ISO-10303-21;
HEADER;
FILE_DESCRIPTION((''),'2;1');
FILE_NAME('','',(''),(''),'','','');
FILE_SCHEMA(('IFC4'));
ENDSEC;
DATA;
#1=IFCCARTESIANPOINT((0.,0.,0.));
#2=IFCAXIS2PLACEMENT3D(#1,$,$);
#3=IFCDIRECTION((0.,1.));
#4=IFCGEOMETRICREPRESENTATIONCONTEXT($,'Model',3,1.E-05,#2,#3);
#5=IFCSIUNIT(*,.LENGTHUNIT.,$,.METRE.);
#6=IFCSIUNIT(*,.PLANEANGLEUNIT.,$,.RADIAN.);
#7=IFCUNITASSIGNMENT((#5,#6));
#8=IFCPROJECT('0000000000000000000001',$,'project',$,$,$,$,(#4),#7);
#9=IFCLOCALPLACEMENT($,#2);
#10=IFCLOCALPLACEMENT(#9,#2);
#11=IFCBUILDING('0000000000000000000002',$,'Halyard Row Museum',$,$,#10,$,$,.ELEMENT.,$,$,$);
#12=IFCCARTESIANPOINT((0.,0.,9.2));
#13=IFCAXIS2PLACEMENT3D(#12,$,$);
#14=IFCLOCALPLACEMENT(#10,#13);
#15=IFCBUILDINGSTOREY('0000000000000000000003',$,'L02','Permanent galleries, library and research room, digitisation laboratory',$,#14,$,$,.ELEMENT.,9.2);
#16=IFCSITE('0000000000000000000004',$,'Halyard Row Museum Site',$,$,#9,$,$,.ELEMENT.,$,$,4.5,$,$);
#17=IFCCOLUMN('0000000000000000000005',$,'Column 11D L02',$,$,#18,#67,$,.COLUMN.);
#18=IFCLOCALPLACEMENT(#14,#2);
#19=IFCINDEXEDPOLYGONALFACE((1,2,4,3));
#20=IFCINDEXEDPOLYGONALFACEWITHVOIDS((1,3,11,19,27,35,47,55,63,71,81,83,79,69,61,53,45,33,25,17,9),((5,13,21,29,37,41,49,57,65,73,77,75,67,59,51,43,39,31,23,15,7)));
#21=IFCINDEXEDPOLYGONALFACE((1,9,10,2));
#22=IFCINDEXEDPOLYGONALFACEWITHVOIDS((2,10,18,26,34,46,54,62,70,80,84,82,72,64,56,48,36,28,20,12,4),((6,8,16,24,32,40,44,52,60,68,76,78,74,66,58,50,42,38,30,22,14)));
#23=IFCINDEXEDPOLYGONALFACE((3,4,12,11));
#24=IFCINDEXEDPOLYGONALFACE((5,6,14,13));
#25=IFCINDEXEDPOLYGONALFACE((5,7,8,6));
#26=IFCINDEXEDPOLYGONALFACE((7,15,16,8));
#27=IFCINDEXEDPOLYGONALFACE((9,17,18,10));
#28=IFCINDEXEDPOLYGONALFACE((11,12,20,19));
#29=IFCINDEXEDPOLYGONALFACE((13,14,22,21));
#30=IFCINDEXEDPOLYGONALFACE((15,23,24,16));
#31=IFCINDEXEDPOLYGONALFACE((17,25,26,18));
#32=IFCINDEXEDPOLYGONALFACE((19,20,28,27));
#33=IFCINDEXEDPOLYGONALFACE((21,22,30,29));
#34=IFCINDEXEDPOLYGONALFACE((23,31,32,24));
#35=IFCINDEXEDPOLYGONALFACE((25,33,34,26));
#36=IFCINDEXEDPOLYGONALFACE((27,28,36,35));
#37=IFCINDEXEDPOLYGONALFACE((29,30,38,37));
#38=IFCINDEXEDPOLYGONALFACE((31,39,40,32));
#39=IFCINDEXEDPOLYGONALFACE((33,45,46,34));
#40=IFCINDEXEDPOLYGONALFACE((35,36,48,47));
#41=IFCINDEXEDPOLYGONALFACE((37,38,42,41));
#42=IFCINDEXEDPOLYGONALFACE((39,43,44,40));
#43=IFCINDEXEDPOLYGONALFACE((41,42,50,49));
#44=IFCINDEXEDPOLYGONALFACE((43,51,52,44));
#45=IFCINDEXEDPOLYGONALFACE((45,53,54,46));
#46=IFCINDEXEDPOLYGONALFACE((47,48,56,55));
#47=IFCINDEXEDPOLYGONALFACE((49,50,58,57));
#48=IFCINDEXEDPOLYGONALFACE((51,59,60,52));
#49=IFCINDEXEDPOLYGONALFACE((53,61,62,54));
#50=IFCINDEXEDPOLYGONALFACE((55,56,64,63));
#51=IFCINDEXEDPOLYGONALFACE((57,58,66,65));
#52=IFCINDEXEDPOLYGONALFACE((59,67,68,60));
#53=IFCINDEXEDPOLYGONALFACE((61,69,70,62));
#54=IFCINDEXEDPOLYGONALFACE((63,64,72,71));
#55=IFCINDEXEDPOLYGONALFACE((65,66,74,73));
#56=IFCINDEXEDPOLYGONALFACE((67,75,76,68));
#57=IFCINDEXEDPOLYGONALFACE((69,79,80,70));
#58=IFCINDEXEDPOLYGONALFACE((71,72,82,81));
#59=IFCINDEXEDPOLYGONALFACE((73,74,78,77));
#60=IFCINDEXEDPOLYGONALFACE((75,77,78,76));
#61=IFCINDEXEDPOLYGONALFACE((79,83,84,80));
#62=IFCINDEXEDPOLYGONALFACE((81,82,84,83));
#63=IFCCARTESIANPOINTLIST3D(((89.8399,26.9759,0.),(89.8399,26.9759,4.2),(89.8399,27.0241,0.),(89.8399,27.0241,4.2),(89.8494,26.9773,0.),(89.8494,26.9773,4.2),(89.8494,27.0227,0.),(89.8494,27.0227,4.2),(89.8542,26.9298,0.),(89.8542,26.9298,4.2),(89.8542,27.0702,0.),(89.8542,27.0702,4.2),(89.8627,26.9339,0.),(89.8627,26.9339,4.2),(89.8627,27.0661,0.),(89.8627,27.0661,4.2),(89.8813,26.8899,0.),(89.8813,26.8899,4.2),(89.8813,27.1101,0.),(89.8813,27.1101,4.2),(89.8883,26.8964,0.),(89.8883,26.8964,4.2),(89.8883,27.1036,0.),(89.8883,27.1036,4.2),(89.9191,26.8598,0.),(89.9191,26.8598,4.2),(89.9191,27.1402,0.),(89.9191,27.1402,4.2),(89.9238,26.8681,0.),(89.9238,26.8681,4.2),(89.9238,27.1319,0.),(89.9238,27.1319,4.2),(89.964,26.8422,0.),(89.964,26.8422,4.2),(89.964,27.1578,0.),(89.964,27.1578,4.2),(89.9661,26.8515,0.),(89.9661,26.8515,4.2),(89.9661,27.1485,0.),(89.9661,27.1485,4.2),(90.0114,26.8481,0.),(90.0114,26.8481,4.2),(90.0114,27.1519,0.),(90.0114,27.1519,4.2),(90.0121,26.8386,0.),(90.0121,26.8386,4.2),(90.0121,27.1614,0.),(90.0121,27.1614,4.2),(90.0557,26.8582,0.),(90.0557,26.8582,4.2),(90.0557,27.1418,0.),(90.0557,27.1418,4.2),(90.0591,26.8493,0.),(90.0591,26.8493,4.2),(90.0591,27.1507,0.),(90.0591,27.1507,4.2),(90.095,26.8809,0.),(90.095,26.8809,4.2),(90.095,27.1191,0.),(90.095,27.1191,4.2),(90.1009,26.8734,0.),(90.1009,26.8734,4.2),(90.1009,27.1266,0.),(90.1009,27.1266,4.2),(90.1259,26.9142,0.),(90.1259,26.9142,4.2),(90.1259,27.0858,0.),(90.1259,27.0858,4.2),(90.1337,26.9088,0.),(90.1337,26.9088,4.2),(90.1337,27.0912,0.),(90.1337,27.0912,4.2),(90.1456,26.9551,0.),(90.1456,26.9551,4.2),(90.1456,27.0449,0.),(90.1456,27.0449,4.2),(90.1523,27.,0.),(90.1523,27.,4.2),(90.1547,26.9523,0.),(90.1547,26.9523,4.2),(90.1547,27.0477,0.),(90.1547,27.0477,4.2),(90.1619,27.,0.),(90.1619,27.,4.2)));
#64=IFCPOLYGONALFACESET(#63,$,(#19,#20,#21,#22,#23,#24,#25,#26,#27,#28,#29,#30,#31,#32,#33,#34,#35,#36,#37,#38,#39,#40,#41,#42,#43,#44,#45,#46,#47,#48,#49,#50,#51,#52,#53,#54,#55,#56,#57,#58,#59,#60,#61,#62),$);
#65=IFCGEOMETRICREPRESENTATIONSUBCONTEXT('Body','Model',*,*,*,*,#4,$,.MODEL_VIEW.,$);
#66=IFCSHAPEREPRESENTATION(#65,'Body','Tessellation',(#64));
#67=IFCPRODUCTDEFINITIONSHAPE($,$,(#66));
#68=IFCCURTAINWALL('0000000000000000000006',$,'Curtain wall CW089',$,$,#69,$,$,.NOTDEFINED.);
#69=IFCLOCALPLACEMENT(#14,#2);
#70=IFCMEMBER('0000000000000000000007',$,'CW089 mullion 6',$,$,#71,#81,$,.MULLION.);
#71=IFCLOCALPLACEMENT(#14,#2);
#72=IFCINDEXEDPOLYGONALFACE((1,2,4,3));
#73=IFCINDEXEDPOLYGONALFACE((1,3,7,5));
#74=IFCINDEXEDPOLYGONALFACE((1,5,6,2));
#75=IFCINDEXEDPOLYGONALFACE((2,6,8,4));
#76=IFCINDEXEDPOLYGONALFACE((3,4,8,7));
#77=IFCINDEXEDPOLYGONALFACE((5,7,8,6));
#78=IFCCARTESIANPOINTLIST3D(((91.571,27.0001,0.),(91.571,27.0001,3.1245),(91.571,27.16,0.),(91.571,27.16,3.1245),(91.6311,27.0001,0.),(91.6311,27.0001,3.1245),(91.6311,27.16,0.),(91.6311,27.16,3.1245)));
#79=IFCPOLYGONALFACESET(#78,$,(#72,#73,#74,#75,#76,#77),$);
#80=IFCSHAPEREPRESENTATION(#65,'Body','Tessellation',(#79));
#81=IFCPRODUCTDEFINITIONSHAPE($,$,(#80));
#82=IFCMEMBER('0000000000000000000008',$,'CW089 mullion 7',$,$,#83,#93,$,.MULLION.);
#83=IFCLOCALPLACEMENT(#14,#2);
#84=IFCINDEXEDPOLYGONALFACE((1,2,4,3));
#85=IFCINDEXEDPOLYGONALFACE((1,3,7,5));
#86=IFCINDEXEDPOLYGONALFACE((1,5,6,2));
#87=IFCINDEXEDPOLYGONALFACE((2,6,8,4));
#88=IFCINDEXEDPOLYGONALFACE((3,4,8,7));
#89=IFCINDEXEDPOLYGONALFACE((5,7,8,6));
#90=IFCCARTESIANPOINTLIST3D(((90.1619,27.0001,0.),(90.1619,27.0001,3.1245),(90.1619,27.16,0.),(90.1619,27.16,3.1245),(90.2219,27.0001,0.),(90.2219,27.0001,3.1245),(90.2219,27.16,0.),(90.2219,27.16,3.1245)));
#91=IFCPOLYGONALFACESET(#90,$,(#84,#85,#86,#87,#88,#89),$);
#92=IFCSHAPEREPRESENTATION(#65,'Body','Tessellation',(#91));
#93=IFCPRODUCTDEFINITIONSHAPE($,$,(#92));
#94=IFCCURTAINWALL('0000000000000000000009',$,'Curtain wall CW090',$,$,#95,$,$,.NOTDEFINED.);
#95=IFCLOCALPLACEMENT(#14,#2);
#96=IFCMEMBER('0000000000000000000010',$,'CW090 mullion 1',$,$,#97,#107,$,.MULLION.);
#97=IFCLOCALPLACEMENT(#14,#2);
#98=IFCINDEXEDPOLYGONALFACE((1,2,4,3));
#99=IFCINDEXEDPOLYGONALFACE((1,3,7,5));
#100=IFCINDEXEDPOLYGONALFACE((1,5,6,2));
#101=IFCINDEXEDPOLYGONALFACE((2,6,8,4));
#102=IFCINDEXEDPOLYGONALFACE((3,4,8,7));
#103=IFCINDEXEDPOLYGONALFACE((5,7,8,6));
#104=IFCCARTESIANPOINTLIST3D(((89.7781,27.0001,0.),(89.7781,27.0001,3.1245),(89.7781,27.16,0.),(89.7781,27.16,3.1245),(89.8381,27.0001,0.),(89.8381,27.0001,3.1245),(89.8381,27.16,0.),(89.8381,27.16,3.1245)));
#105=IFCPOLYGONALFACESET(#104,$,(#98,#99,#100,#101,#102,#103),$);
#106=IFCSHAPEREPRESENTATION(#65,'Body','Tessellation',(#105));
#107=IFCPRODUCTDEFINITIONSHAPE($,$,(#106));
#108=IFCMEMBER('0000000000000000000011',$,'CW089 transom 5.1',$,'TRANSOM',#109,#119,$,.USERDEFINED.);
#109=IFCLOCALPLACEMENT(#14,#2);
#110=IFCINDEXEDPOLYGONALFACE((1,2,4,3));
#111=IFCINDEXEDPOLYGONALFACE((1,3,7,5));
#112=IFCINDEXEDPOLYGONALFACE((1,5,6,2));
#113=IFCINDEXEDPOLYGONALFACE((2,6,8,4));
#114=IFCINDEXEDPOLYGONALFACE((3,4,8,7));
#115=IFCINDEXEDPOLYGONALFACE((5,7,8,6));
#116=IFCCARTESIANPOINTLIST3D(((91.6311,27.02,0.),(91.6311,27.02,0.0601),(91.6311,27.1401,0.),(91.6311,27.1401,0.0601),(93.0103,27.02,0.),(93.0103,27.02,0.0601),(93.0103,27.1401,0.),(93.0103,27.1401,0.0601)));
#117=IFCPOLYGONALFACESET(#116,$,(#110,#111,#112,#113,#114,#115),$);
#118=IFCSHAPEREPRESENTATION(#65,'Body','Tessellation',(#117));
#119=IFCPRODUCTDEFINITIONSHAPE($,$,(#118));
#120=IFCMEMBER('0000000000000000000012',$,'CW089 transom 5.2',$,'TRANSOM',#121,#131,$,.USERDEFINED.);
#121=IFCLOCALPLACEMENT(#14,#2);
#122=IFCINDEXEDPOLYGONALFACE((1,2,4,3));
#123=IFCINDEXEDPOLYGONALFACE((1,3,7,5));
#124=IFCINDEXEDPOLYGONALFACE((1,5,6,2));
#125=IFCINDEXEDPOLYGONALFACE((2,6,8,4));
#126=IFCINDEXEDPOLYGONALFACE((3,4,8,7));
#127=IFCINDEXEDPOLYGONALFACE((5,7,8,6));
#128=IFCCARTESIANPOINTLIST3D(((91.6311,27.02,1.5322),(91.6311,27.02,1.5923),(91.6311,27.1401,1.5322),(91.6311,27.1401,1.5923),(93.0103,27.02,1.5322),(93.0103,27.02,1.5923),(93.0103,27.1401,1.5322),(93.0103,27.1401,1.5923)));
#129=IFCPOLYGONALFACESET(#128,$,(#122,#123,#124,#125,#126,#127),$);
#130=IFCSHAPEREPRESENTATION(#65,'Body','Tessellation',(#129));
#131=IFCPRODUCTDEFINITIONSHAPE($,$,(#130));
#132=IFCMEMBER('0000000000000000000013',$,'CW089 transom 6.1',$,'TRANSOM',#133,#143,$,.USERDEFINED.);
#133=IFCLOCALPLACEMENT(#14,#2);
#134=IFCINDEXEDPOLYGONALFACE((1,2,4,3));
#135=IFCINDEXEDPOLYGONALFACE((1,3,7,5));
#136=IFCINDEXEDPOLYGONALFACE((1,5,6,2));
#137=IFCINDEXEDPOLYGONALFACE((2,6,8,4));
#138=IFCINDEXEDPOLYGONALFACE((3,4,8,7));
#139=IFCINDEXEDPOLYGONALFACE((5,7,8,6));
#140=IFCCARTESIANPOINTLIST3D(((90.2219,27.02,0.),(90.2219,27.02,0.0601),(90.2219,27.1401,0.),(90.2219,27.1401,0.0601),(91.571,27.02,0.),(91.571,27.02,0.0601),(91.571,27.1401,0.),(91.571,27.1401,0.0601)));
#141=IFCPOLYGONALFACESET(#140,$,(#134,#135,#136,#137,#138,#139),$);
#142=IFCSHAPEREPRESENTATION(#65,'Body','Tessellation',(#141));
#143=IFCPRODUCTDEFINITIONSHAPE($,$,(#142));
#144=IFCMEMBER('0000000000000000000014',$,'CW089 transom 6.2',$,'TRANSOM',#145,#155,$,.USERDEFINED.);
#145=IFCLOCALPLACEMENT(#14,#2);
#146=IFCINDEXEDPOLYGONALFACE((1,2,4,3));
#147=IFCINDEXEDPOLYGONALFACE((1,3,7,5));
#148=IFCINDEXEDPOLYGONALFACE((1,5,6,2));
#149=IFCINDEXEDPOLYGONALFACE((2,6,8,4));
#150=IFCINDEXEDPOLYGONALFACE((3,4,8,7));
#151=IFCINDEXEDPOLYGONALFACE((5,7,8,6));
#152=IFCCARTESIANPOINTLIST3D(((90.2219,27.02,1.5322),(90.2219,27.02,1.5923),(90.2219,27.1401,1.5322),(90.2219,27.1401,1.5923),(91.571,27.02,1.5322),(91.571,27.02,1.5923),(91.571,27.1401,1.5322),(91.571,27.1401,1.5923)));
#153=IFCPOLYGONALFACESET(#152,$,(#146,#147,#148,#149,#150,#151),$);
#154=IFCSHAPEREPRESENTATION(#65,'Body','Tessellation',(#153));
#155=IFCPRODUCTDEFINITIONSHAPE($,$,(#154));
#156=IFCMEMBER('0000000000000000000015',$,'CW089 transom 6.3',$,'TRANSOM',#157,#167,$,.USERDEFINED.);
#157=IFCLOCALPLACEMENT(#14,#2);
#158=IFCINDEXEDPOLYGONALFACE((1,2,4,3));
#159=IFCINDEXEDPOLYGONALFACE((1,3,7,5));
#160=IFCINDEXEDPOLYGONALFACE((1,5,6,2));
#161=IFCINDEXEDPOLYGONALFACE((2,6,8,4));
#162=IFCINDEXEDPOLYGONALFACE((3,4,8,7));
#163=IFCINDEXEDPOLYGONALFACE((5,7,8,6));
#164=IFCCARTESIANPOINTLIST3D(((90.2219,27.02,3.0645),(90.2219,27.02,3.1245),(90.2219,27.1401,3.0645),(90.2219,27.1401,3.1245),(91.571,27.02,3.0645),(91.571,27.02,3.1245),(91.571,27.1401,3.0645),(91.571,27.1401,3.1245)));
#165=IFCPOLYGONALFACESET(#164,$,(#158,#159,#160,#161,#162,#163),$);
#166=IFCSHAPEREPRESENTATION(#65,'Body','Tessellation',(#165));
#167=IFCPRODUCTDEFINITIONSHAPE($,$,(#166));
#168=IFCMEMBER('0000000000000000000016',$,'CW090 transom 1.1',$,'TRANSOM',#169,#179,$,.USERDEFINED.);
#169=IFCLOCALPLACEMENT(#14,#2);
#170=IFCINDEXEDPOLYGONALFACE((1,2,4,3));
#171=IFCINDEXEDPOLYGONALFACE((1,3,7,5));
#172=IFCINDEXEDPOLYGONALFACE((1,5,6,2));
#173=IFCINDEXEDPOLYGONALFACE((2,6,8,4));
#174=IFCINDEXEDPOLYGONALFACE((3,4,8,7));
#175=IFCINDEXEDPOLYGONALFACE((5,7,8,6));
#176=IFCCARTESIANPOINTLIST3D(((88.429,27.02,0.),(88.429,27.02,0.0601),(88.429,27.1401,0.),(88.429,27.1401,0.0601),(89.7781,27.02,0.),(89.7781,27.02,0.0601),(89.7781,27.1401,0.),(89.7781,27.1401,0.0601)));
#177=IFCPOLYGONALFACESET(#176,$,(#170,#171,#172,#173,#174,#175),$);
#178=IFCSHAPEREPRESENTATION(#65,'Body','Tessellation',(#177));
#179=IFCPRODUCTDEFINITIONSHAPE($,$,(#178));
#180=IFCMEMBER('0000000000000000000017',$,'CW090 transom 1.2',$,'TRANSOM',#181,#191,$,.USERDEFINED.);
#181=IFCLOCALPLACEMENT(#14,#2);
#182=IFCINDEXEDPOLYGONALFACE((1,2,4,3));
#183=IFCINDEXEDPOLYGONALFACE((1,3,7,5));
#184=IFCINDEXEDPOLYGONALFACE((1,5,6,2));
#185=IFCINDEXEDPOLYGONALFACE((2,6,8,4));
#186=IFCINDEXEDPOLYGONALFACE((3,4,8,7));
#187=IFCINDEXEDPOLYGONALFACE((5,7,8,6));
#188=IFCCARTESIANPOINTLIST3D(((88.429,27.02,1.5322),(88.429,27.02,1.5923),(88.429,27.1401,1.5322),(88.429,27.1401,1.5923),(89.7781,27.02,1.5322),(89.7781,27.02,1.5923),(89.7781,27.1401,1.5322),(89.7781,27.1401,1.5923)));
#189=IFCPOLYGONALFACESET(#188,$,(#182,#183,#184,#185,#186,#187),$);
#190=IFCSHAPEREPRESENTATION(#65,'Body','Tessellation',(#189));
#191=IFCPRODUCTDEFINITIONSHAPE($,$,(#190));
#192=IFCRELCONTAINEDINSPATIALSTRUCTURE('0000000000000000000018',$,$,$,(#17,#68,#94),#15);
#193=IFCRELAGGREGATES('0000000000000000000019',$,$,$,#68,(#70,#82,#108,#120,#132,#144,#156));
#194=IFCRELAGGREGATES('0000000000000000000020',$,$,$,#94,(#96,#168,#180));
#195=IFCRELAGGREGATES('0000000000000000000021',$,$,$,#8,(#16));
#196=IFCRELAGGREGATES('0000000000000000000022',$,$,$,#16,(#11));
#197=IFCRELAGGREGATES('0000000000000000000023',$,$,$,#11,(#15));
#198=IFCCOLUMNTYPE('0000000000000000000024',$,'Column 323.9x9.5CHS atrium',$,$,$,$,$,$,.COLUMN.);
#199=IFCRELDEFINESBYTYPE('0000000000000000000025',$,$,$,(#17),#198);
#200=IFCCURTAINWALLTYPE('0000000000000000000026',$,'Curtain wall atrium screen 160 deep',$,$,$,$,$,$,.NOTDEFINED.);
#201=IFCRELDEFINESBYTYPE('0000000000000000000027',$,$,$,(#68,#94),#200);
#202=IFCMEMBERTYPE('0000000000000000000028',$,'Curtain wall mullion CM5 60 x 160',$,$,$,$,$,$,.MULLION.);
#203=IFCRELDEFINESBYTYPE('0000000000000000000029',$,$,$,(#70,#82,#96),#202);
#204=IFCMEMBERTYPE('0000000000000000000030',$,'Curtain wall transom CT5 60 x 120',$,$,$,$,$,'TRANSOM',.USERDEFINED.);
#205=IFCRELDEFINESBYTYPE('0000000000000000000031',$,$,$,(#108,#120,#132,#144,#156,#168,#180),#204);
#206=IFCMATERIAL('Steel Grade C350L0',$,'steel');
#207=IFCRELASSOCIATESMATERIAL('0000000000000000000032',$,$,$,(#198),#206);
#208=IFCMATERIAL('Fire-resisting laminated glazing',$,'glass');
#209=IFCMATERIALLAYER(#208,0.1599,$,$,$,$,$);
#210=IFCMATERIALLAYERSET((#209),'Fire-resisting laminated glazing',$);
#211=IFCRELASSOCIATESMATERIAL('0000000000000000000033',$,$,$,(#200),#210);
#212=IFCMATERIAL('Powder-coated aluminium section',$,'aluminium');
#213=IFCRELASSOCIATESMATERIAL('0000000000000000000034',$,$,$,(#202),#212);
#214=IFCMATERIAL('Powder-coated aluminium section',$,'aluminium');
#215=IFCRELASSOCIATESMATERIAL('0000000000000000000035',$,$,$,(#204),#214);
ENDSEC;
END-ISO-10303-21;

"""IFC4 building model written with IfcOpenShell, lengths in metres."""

from ifc_helpers import new_model, si_unit, direction, frame, origin, origin_2d, place, context, subcontext, project, spatial, rectangle, hollow_circle, extrude, material, layer, layer_set, material_profile, profile_set, type_object, element, aggregate, save


model = new_model("IFC4")

# Units and contexts
model_context = context("Model", 3, precision=1e-05, world=origin(), true_north=direction((0.0, 1.0)))
body_context = subcontext(model_context, "Body", "Model", "MODEL_VIEW")
ifc_project = project(units=[si_unit("LENGTHUNIT", "METRE"), si_unit("PLANEANGLEUNIT", "RADIAN")], contexts=[model_context])

# Site, building, storey
site_placement = place(None, origin())
site = spatial("IfcSite", under=ifc_project, at=site_placement, Name="Halyard Row Museum Site", CompositionType="ELEMENT", RefElevation=4.5)
building_placement = place(site_placement, origin())
building = spatial("IfcBuilding", under=site, at=building_placement, Name="Halyard Row Museum", CompositionType="ELEMENT")
storey_placement = place(building_placement, frame((0.0, 0.0, 9.2)))
storey = spatial("IfcBuildingStorey", under=building, at=storey_placement, Name="L02", Description="Permanent galleries, library and research room, digitisation laboratory", CompositionType="ELEMENT", Elevation=9.2)

# Column
ifc_material_1 = material(Name="Steel Grade C350L0", Category="steel")
ifc_material_profile_1 = material_profile(ifc_material_1, hollow_circle(Radius=0.1619, WallThickness=0.0095, at=origin_2d()), Name="323.9x9.5CHS")
ifc_profile_set_1 = profile_set([ifc_material_profile_1], Name="Steel Grade C350L0")
column_type = type_object("IfcColumnType", Name="Column 323.9x9.5CHS atrium", PredefinedType="COLUMN", material=ifc_profile_set_1)
column_placement = place(storey_placement, frame((90.0, 27.0, 0.0), z_axis=(0.0, 0.0, 1.0), x_axis=(1.0, 0.0, 0.0)))
element("IfcColumn", 1, at=column_placement, inside=storey, type_object=column_type, Name="Column 11D L02", PredefinedType="COLUMN", context=body_context, shape_type="SweptSolid", body=[
    extrude(hollow_circle(Radius=0.1619, WallThickness=0.0095, at=origin_2d()), origin(), (0.0, 0.0, 1.0), 4.2),
])

# Curtain wall, members
ifc_material_2 = material(Name="Fire-resisting laminated glazing", Category="glass")
ifc_layer_1 = layer(ifc_material_2, 0.1599)
ifc_layer_set_1 = layer_set([ifc_layer_1], Name="Fire-resisting laminated glazing")
curtain_wall_type = type_object("IfcCurtainWallType", Name="Curtain wall atrium screen 160 deep", PredefinedType="NOTDEFINED", material=ifc_layer_set_1)
curtain_wall_1_placement = place(storey_placement, origin())
curtain_wall_1 = element("IfcCurtainWall", 2, at=curtain_wall_1_placement, inside=storey, type_object=curtain_wall_type, Name="Curtain wall CW089", PredefinedType="NOTDEFINED")
ifc_material_3 = material(Name="Powder-coated aluminium section", Category="aluminium")
ifc_material_profile_2 = material_profile(ifc_material_3, rectangle(XDim=0.1599, YDim=0.0601, at=origin_2d()), Name="160x60 mullion")
ifc_profile_set_2 = profile_set([ifc_material_profile_2], Name="Powder-coated aluminium section")
member_type_1 = type_object("IfcMemberType", Name="Curtain wall mullion CM5 60 x 160", PredefinedType="MULLION", material=ifc_profile_set_2)
member_1_placement = place(storey_placement, frame((91.6011, 27.0801, 0.0), z_axis=(0.0, 0.0, 1.0), x_axis=(0.0, -1.0, 0.0)))
member_1 = element("IfcMember", 3, at=member_1_placement, type_object=member_type_1, Name="CW089 mullion 6", PredefinedType="MULLION", context=body_context, shape_type="SweptSolid", body=[
    extrude(rectangle(XDim=0.1599, YDim=0.0601, at=origin_2d()), origin(), (0.0, 0.0, 1.0), 3.1245),
])
member_2_placement = place(storey_placement, frame((90.1919, 27.0801, 0.0), z_axis=(0.0, 0.0, 1.0), x_axis=(0.0, -1.0, 0.0)))
member_2 = element("IfcMember", 4, at=member_2_placement, type_object=member_type_1, Name="CW089 mullion 7", PredefinedType="MULLION", context=body_context, shape_type="SweptSolid", body=[
    extrude(rectangle(XDim=0.1599, YDim=0.0601, at=origin_2d()), origin(), (0.0, 0.0, 1.0), 3.1245),
])

# Curtain wall, member
curtain_wall_2_placement = place(storey_placement, origin())
curtain_wall_2 = element("IfcCurtainWall", 5, at=curtain_wall_2_placement, inside=storey, type_object=curtain_wall_type, Name="Curtain wall CW090", PredefinedType="NOTDEFINED")
member_3_placement = place(storey_placement, frame((89.8081, 27.0801, 0.0), z_axis=(0.0, 0.0, 1.0), x_axis=(0.0, -1.0, 0.0)))
member_3 = element("IfcMember", 6, at=member_3_placement, type_object=member_type_1, Name="CW090 mullion 1", PredefinedType="MULLION", context=body_context, shape_type="SweptSolid", body=[
    extrude(rectangle(XDim=0.1599, YDim=0.0601, at=origin_2d()), origin(), (0.0, 0.0, 1.0), 3.1245),
])

# Members
ifc_material_4 = material(Name="Powder-coated aluminium section", Category="aluminium")
ifc_material_profile_3 = material_profile(ifc_material_4, rectangle(XDim=0.1201, YDim=0.0601, at=origin_2d()), Name="120x60 transom")
ifc_profile_set_3 = profile_set([ifc_material_profile_3], Name="Powder-coated aluminium section")
member_type_2 = type_object("IfcMemberType", Name="Curtain wall transom CT5 60 x 120", ElementType="TRANSOM", PredefinedType="USERDEFINED", material=ifc_profile_set_3)
member_4_placement = place(storey_placement, frame((93.0103, 27.0801, 0.03), z_axis=(-1.0, 0.0, 0.0), x_axis=(0.0, -1.0, 0.0)))
member_4 = element("IfcMember", 7, at=member_4_placement, type_object=member_type_2, Name="CW089 transom 5.1", ObjectType="TRANSOM", PredefinedType="USERDEFINED", context=body_context, shape_type="SweptSolid", body=[
    extrude(rectangle(XDim=0.1201, YDim=0.0601, at=origin_2d()), origin(), (0.0, 0.0, 1.0), 1.3792),
])
member_5_placement = place(storey_placement, frame((93.0103, 27.0801, 1.5623), z_axis=(-1.0, 0.0, 0.0), x_axis=(0.0, -1.0, 0.0)))
member_5 = element("IfcMember", 8, at=member_5_placement, type_object=member_type_2, Name="CW089 transom 5.2", ObjectType="TRANSOM", PredefinedType="USERDEFINED", context=body_context, shape_type="SweptSolid", body=[
    extrude(rectangle(XDim=0.1201, YDim=0.0601, at=origin_2d()), origin(), (0.0, 0.0, 1.0), 1.3792),
])
member_6_placement = place(storey_placement, frame((91.571, 27.0801, 0.03), z_axis=(-1.0, 0.0, 0.0), x_axis=(0.0, -1.0, 0.0)))
member_6 = element("IfcMember", 9, at=member_6_placement, type_object=member_type_2, Name="CW089 transom 6.1", ObjectType="TRANSOM", PredefinedType="USERDEFINED", context=body_context, shape_type="SweptSolid", body=[
    extrude(rectangle(XDim=0.1201, YDim=0.0601, at=origin_2d()), origin(), (0.0, 0.0, 1.0), 1.3491),
])
member_7_placement = place(storey_placement, frame((91.571, 27.0801, 1.5623), z_axis=(-1.0, 0.0, 0.0), x_axis=(0.0, -1.0, 0.0)))
member_7 = element("IfcMember", 10, at=member_7_placement, type_object=member_type_2, Name="CW089 transom 6.2", ObjectType="TRANSOM", PredefinedType="USERDEFINED", context=body_context, shape_type="SweptSolid", body=[
    extrude(rectangle(XDim=0.1201, YDim=0.0601, at=origin_2d()), origin(), (0.0, 0.0, 1.0), 1.3491),
])
member_8_placement = place(storey_placement, frame((91.571, 27.0801, 3.0945), z_axis=(-1.0, 0.0, 0.0), x_axis=(0.0, -1.0, 0.0)))
member_8 = element("IfcMember", 11, at=member_8_placement, type_object=member_type_2, Name="CW089 transom 6.3", ObjectType="TRANSOM", PredefinedType="USERDEFINED", context=body_context, shape_type="SweptSolid", body=[
    extrude(rectangle(XDim=0.1201, YDim=0.0601, at=origin_2d()), origin(), (0.0, 0.0, 1.0), 1.3491),
])
member_9_placement = place(storey_placement, frame((89.7781, 27.0801, 0.03), z_axis=(-1.0, 0.0, 0.0), x_axis=(0.0, -1.0, 0.0)))
member_9 = element("IfcMember", 12, at=member_9_placement, type_object=member_type_2, Name="CW090 transom 1.1", ObjectType="TRANSOM", PredefinedType="USERDEFINED", context=body_context, shape_type="SweptSolid", body=[
    extrude(rectangle(XDim=0.1201, YDim=0.0601, at=origin_2d()), origin(), (0.0, 0.0, 1.0), 1.3491),
])
member_10_placement = place(storey_placement, frame((89.7781, 27.0801, 1.5623), z_axis=(-1.0, 0.0, 0.0), x_axis=(0.0, -1.0, 0.0)))
member_10 = element("IfcMember", 13, at=member_10_placement, type_object=member_type_2, Name="CW090 transom 1.2", ObjectType="TRANSOM", PredefinedType="USERDEFINED", context=body_context, shape_type="SweptSolid", body=[
    extrude(rectangle(XDim=0.1201, YDim=0.0601, at=origin_2d()), origin(), (0.0, 0.0, 1.0), 1.3491),
])

aggregate(curtain_wall_1, [member_1, member_2, member_4, member_5, member_6, member_7, member_8])
aggregate(curtain_wall_2, [member_3, member_9, member_10])

save(model, "model.ifc")
